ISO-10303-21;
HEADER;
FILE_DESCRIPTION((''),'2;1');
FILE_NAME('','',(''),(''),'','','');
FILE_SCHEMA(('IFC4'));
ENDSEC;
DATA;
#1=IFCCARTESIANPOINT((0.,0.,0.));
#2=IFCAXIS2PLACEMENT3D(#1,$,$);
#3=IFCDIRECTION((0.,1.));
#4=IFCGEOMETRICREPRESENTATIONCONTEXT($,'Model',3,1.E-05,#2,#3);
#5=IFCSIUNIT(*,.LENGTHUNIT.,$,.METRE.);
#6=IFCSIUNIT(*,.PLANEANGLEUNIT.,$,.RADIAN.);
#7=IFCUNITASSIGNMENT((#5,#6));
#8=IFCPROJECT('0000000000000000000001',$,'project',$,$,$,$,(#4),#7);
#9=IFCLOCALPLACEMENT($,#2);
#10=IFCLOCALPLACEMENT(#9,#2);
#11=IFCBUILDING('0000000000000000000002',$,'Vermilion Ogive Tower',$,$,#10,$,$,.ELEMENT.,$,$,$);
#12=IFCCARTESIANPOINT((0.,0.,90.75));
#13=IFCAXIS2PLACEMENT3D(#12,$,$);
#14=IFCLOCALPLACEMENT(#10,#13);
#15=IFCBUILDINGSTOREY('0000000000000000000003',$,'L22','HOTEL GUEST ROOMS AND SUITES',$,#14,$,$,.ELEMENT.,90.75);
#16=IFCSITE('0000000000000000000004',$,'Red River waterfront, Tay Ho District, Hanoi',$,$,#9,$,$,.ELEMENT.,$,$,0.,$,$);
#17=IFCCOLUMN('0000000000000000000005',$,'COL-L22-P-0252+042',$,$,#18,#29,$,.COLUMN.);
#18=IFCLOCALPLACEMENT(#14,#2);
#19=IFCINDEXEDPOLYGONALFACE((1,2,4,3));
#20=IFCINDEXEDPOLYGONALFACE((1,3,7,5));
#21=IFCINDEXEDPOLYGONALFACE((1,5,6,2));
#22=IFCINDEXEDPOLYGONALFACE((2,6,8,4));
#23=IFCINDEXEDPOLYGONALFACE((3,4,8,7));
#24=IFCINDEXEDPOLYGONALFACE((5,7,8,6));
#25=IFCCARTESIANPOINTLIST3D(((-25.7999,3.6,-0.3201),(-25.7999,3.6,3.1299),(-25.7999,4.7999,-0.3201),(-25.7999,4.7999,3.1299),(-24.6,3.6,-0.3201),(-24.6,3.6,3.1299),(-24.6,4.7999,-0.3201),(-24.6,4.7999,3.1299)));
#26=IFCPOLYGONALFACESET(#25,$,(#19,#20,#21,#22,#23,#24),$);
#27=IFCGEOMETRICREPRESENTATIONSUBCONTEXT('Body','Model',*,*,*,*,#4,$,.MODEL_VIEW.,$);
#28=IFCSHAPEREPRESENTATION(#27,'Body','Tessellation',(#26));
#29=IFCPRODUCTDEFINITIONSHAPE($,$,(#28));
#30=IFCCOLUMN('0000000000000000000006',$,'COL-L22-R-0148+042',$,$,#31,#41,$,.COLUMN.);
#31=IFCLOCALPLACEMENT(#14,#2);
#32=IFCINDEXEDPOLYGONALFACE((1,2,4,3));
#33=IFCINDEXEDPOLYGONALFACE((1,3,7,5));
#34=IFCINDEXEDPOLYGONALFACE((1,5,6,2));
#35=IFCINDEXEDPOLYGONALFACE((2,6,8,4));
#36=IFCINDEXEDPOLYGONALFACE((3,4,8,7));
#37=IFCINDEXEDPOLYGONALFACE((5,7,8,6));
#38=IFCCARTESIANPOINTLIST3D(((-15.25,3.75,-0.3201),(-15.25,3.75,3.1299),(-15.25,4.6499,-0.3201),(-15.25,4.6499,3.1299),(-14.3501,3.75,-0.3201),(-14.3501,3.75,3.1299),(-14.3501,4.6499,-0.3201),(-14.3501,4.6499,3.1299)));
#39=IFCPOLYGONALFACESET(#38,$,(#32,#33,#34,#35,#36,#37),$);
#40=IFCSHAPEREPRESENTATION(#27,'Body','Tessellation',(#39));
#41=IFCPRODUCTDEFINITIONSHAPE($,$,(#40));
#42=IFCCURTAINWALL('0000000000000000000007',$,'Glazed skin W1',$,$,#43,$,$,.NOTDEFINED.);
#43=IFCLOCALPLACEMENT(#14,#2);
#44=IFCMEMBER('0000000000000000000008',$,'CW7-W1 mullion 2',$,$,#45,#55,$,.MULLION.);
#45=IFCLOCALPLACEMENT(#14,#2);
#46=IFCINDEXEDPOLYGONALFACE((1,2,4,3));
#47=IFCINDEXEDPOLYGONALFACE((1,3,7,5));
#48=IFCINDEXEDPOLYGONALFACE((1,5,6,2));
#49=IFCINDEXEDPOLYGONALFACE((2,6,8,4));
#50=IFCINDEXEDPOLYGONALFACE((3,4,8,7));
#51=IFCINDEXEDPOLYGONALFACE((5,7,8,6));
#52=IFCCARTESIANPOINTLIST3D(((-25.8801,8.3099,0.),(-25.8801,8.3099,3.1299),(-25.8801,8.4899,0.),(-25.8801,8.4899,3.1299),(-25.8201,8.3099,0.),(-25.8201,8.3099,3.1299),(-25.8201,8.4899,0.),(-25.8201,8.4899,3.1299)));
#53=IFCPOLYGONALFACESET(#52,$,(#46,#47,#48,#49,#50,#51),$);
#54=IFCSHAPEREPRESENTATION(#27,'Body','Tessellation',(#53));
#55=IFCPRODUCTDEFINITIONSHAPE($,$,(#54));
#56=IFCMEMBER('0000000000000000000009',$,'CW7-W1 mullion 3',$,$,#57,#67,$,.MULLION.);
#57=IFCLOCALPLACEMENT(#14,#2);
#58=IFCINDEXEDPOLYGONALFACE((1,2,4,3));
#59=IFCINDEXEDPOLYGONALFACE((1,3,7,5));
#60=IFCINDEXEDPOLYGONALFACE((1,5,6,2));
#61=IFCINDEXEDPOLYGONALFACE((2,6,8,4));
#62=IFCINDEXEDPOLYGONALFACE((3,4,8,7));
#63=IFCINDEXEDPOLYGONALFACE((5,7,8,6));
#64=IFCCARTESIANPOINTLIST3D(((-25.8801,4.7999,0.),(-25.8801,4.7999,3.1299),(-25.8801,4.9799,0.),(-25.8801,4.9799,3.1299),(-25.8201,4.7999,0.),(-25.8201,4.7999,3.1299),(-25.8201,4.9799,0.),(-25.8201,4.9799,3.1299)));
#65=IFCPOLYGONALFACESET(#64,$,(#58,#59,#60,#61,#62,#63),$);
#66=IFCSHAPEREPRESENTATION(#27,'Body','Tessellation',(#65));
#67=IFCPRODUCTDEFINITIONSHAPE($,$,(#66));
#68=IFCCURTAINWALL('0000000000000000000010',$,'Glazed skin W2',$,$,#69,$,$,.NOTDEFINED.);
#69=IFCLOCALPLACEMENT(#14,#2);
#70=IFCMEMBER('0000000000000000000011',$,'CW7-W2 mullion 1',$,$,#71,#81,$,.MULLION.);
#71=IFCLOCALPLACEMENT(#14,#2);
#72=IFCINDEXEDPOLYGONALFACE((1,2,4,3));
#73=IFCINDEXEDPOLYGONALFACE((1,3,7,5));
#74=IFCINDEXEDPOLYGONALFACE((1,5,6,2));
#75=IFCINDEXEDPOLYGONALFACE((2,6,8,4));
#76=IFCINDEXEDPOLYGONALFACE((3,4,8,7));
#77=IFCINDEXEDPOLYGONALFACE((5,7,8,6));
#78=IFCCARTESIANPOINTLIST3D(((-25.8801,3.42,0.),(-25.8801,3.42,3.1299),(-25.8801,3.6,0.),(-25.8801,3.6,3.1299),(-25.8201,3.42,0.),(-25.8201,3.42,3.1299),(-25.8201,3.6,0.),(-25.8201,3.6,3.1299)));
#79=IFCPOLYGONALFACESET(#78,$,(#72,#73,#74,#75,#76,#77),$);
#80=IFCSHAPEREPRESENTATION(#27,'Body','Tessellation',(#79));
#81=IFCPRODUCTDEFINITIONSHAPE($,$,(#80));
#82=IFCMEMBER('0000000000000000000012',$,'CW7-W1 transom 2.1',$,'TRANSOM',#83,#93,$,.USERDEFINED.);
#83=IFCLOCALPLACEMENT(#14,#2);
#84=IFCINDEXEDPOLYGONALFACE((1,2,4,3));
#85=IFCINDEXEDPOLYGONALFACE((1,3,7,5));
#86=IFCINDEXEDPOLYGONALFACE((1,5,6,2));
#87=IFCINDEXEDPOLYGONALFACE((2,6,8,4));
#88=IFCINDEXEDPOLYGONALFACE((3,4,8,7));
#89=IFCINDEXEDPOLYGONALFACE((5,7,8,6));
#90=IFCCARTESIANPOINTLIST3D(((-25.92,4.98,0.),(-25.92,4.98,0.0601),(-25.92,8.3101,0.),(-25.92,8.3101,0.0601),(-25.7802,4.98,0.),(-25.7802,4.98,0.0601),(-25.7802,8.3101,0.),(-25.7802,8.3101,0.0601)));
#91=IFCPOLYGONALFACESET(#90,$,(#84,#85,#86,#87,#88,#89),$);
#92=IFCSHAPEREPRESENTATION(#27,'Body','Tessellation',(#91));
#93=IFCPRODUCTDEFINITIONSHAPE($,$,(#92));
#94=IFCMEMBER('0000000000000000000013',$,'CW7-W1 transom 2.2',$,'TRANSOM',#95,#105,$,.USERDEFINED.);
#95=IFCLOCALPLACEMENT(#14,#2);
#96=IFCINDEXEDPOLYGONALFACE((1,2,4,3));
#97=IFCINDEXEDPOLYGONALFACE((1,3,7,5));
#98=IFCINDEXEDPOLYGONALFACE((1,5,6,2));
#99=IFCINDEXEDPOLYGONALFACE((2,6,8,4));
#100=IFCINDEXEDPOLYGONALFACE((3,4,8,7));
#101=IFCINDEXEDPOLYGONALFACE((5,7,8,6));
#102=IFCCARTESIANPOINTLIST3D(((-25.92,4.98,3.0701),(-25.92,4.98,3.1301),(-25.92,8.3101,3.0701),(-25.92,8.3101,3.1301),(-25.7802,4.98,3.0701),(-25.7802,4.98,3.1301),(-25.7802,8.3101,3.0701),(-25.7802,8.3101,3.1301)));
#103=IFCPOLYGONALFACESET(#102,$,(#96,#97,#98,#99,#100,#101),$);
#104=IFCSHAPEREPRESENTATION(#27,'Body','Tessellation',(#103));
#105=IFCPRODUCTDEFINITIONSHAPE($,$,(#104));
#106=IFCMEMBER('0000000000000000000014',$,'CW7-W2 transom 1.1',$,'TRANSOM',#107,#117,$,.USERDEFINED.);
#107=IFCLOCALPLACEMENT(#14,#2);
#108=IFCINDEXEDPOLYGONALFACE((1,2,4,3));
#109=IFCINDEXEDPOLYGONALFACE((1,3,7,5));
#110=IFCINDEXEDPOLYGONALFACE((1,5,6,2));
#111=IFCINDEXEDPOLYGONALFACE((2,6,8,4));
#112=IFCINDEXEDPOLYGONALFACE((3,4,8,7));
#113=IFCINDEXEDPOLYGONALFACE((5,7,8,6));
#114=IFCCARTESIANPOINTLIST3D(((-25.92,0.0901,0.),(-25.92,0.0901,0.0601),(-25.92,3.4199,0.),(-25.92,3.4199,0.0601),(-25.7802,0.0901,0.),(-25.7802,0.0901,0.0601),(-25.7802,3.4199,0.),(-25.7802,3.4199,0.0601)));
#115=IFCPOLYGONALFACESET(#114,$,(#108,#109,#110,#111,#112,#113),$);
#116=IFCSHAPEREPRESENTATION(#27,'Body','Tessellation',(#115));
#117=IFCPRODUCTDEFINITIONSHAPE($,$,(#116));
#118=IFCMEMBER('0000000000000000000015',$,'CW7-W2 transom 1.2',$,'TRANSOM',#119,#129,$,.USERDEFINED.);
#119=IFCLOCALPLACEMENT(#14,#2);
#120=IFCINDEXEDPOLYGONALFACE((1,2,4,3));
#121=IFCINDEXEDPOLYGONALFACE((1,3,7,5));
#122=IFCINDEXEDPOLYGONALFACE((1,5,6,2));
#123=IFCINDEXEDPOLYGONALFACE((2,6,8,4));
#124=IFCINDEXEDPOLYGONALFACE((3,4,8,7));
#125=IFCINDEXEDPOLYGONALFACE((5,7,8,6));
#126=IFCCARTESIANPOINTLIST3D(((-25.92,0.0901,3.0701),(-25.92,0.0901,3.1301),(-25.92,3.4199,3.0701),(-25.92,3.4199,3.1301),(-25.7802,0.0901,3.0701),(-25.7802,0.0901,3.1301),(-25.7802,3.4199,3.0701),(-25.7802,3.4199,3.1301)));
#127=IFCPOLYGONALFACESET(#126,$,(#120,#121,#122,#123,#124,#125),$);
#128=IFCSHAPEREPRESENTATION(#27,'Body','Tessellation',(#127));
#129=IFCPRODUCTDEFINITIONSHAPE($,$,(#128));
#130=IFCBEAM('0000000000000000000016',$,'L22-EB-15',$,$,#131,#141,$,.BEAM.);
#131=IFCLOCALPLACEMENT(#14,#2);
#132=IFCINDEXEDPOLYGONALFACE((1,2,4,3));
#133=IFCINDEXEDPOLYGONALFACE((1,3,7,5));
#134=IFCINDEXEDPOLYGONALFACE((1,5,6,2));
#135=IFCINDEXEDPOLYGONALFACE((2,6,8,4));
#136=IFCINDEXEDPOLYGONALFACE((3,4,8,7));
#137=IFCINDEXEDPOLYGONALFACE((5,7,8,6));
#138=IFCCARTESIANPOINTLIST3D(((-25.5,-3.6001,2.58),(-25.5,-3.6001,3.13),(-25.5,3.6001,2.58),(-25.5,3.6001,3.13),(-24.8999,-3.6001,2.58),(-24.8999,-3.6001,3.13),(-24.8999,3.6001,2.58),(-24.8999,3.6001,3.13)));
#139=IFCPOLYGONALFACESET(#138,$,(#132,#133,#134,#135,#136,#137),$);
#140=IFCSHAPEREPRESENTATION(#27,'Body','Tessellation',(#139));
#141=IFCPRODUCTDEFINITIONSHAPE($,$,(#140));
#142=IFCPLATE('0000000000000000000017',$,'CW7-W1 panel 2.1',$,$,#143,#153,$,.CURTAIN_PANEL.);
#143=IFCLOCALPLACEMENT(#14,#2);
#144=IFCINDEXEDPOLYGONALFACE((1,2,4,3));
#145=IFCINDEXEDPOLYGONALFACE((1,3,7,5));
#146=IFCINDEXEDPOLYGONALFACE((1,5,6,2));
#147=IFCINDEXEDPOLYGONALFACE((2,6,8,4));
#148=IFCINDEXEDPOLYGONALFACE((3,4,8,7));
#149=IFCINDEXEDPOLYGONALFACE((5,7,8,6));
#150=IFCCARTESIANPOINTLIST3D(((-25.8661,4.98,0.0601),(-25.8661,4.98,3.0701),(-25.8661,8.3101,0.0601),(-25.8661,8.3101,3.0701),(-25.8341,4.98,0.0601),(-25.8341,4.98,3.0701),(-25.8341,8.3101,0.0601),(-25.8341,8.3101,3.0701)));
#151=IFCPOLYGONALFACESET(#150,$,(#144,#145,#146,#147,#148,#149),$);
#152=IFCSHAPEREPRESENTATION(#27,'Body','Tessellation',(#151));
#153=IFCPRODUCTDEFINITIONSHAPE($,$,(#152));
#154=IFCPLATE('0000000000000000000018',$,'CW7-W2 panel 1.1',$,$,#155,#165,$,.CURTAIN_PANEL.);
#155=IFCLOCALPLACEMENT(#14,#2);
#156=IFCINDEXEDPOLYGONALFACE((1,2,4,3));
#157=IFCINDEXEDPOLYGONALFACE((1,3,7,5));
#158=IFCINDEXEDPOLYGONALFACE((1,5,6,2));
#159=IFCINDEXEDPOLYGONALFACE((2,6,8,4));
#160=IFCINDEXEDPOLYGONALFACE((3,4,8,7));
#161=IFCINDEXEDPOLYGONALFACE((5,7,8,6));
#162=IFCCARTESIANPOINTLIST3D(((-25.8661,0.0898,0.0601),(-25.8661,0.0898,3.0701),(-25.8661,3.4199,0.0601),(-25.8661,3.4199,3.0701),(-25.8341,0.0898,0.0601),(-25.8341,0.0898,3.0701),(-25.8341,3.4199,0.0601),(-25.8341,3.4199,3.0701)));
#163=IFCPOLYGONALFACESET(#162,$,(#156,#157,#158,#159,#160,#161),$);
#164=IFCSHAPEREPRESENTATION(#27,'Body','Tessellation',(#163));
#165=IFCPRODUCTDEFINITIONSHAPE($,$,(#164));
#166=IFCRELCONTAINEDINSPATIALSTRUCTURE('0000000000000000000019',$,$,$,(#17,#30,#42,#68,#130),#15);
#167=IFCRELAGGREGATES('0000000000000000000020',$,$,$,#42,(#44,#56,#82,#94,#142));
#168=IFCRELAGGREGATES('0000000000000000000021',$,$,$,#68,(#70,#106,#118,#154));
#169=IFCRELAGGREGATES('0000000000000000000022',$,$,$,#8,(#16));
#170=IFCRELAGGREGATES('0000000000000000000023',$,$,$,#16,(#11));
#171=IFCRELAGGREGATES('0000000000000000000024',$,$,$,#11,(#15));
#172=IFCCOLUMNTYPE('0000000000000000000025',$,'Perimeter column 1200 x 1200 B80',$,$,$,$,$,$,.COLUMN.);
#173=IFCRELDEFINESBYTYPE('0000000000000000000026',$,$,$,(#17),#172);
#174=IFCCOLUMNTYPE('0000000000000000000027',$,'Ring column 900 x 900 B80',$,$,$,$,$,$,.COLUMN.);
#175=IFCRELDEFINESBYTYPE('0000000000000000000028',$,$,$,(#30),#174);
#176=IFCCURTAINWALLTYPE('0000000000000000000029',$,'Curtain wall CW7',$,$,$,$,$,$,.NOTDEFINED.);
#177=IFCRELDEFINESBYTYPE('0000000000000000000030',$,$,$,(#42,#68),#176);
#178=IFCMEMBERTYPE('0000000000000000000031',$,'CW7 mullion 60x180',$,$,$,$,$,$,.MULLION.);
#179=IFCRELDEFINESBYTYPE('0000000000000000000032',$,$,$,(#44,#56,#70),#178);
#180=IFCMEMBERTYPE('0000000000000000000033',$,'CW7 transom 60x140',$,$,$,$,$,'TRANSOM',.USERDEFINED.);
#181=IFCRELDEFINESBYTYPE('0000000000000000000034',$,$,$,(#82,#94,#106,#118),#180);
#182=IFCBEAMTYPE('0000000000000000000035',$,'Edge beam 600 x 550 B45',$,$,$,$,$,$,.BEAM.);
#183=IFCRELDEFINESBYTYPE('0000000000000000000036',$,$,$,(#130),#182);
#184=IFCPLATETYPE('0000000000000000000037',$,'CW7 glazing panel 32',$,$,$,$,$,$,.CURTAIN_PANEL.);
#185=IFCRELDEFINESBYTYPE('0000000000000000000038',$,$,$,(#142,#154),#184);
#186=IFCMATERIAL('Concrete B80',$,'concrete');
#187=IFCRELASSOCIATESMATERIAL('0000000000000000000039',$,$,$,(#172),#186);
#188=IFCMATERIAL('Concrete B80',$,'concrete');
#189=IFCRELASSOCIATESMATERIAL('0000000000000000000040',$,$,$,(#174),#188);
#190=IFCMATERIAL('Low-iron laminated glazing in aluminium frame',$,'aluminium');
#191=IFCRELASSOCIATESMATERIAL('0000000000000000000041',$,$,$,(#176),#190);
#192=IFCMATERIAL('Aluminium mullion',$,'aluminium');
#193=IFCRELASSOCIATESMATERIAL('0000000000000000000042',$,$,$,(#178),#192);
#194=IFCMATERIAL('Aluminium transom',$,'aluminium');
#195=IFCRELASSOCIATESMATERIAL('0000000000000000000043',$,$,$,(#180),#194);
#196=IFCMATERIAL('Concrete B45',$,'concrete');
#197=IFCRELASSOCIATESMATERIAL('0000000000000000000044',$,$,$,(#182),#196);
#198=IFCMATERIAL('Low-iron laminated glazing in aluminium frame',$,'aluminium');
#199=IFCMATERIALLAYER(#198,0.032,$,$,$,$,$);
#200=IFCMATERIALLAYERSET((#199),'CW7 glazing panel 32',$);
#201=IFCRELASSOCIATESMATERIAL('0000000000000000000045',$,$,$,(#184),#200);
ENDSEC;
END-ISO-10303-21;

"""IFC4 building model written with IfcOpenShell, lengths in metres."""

from ifc_helpers import new_model, si_unit, direction, frame, origin, origin_2d, place, context, subcontext, project, spatial, rectangle, extrude, material, layer, layer_set, material_profile, profile_set, type_object, element, aggregate, save


model = new_model("IFC4")

# Units and contexts
model_context = context("Model", 3, precision=1e-05, world=origin(), true_north=direction((0.0, 1.0)))
body_context = subcontext(model_context, "Body", "Model", "MODEL_VIEW")
ifc_project = project(units=[si_unit("LENGTHUNIT", "METRE"), si_unit("PLANEANGLEUNIT", "RADIAN")], contexts=[model_context])

# Site, building, storey
site_placement = place(None, origin())
site = spatial("IfcSite", under=ifc_project, at=site_placement, Name="Red River waterfront, Tay Ho District, Hanoi", CompositionType="ELEMENT", RefElevation=0.0)
building_placement = place(site_placement, origin())
building = spatial("IfcBuilding", under=site, at=building_placement, Name="Vermilion Ogive Tower", CompositionType="ELEMENT")
storey_placement = place(building_placement, frame((0.0, 0.0, 90.75)))
storey = spatial("IfcBuildingStorey", under=building, at=storey_placement, Name="L22", Description="HOTEL GUEST ROOMS AND SUITES", CompositionType="ELEMENT", Elevation=90.75)

# Columns
ifc_material_1 = material(Name="Concrete B80", Category="concrete")
ifc_material_profile_1 = material_profile(ifc_material_1, rectangle(XDim=1.2, YDim=1.2, at=origin_2d()), Name="1200 x 1200")
ifc_profile_set_1 = profile_set([ifc_material_profile_1], Name="Concrete B80")
column_type_1 = type_object("IfcColumnType", Name="Perimeter column 1200 x 1200 B80", PredefinedType="COLUMN", material=ifc_profile_set_1)
column_1_placement = place(storey_placement, frame((-25.2, 4.2, -0.3201), z_axis=(0.0, 0.0, 1.0), x_axis=(1.0, 0.0, 0.0)))
element("IfcColumn", 1, at=column_1_placement, inside=storey, type_object=column_type_1, Name="COL-L22-P-0252+042", PredefinedType="COLUMN", context=body_context, shape_type="SweptSolid", body=[
    extrude(rectangle(XDim=1.2, YDim=1.2, at=origin_2d()), origin(), (0.0, 0.0, 1.0), 3.45),
])
ifc_material_2 = material(Name="Concrete B80", Category="concrete")
ifc_material_profile_2 = material_profile(ifc_material_2, rectangle(XDim=0.8999, YDim=0.8999, at=origin_2d()), Name="900 x 900")
ifc_profile_set_2 = profile_set([ifc_material_profile_2], Name="Concrete B80")
column_type_2 = type_object("IfcColumnType", Name="Ring column 900 x 900 B80", PredefinedType="COLUMN", material=ifc_profile_set_2)
column_2_placement = place(storey_placement, frame((-14.8, 4.2, -0.3201), z_axis=(0.0, 0.0, 1.0), x_axis=(1.0, 0.0, 0.0)))
element("IfcColumn", 2, at=column_2_placement, inside=storey, type_object=column_type_2, Name="COL-L22-R-0148+042", PredefinedType="COLUMN", context=body_context, shape_type="SweptSolid", body=[
    extrude(rectangle(XDim=0.8999, YDim=0.8999, at=origin_2d()), origin(), (0.0, 0.0, 1.0), 3.45),
])

# Curtain wall, members
ifc_material_3 = material(Name="Low-iron laminated glazing in aluminium frame", Category="aluminium")
curtain_wall_type = type_object("IfcCurtainWallType", Name="Curtain wall CW7", PredefinedType="NOTDEFINED", material=ifc_material_3)
curtain_wall_1_placement = place(storey_placement, origin())
curtain_wall_1 = element("IfcCurtainWall", 3, at=curtain_wall_1_placement, inside=storey, type_object=curtain_wall_type, Name="Glazed skin W1", PredefinedType="NOTDEFINED")
ifc_material_4 = material(Name="Aluminium mullion", Category="aluminium")
ifc_material_profile_3 = material_profile(ifc_material_4, rectangle(XDim=0.0601, YDim=0.1799, at=origin_2d()), Name="AL 60x180")
ifc_profile_set_3 = profile_set([ifc_material_profile_3], Name="Aluminium mullion")
member_type_1 = type_object("IfcMemberType", Name="CW7 mullion 60x180", PredefinedType="MULLION", material=ifc_profile_set_3)
member_1_placement = place(storey_placement, frame((-25.8501, 8.3999, 0.0), z_axis=(0.0, 0.0, 1.0), x_axis=(1.0, 0.0, 0.0)))
member_1 = element("IfcMember", 4, at=member_1_placement, type_object=member_type_1, Name="CW7-W1 mullion 2", PredefinedType="MULLION", context=body_context, shape_type="SweptSolid", body=[
    extrude(rectangle(XDim=0.0601, YDim=0.1799, at=origin_2d()), origin(), (0.0, 0.0, 1.0), 3.1299),
])
member_2_placement = place(storey_placement, frame((-25.8501, 4.8899, 0.0), z_axis=(0.0, 0.0, 1.0), x_axis=(1.0, 0.0, 0.0)))
member_2 = element("IfcMember", 5, at=member_2_placement, type_object=member_type_1, Name="CW7-W1 mullion 3", PredefinedType="MULLION", context=body_context, shape_type="SweptSolid", body=[
    extrude(rectangle(XDim=0.0601, YDim=0.1799, at=origin_2d()), origin(), (0.0, 0.0, 1.0), 3.1299),
])

# Curtain wall, member
curtain_wall_2_placement = place(storey_placement, origin())
curtain_wall_2 = element("IfcCurtainWall", 6, at=curtain_wall_2_placement, inside=storey, type_object=curtain_wall_type, Name="Glazed skin W2", PredefinedType="NOTDEFINED")
member_3_placement = place(storey_placement, frame((-25.8501, 3.51, 0.0), z_axis=(0.0, 0.0, 1.0), x_axis=(1.0, 0.0, 0.0)))
member_3 = element("IfcMember", 7, at=member_3_placement, type_object=member_type_1, Name="CW7-W2 mullion 1", PredefinedType="MULLION", context=body_context, shape_type="SweptSolid", body=[
    extrude(rectangle(XDim=0.0601, YDim=0.1799, at=origin_2d()), origin(), (0.0, 0.0, 1.0), 3.1299),
])

# Members
ifc_material_5 = material(Name="Aluminium transom", Category="aluminium")
ifc_material_profile_4 = material_profile(ifc_material_5, rectangle(XDim=0.1399, YDim=0.0601, at=origin_2d()), Name="AL 60x140")
ifc_profile_set_4 = profile_set([ifc_material_profile_4], Name="Aluminium transom")
member_type_2 = type_object("IfcMemberType", Name="CW7 transom 60x140", ElementType="TRANSOM", PredefinedType="USERDEFINED", material=ifc_profile_set_4)
member_4_placement = place(storey_placement, frame((-25.8501, 8.3101, 0.03), z_axis=(0.0, -1.0, 0.0), x_axis=(1.0, 0.0, 0.0)))
member_4 = element("IfcMember", 8, at=member_4_placement, type_object=member_type_2, Name="CW7-W1 transom 2.1", ObjectType="TRANSOM", PredefinedType="USERDEFINED", context=body_context, shape_type="SweptSolid", body=[
    extrude(rectangle(XDim=0.1399, YDim=0.0601, at=origin_2d()), origin(), (0.0, 0.0, 1.0), 3.3301),
])
member_5_placement = place(storey_placement, frame((-25.8501, 8.3101, 3.1001), z_axis=(0.0, -1.0, 0.0), x_axis=(1.0, 0.0, 0.0)))
member_5 = element("IfcMember", 9, at=member_5_placement, type_object=member_type_2, Name="CW7-W1 transom 2.2", ObjectType="TRANSOM", PredefinedType="USERDEFINED", context=body_context, shape_type="SweptSolid", body=[
    extrude(rectangle(XDim=0.1399, YDim=0.0601, at=origin_2d()), origin(), (0.0, 0.0, 1.0), 3.3301),
])
member_6_placement = place(storey_placement, frame((-25.8501, 3.4199, 0.03), z_axis=(0.0, -1.0, 0.0), x_axis=(1.0, 0.0, 0.0)))
member_6 = element("IfcMember", 10, at=member_6_placement, type_object=member_type_2, Name="CW7-W2 transom 1.1", ObjectType="TRANSOM", PredefinedType="USERDEFINED", context=body_context, shape_type="SweptSolid", body=[
    extrude(rectangle(XDim=0.1399, YDim=0.0601, at=origin_2d()), origin(), (0.0, 0.0, 1.0), 3.3298),
])
member_7_placement = place(storey_placement, frame((-25.8501, 3.4199, 3.1001), z_axis=(0.0, -1.0, 0.0), x_axis=(1.0, 0.0, 0.0)))
member_7 = element("IfcMember", 11, at=member_7_placement, type_object=member_type_2, Name="CW7-W2 transom 1.2", ObjectType="TRANSOM", PredefinedType="USERDEFINED", context=body_context, shape_type="SweptSolid", body=[
    extrude(rectangle(XDim=0.1399, YDim=0.0601, at=origin_2d()), origin(), (0.0, 0.0, 1.0), 3.3298),
])

# Beam
ifc_material_6 = material(Name="Concrete B45", Category="concrete")
ifc_material_profile_5 = material_profile(ifc_material_6, rectangle(XDim=0.6001, YDim=0.55, at=origin_2d()), Name="600 x 550")
ifc_profile_set_5 = profile_set([ifc_material_profile_5], Name="Concrete B45")
beam_type = type_object("IfcBeamType", Name="Edge beam 600 x 550 B45", PredefinedType="BEAM", material=ifc_profile_set_5)
beam_placement = place(storey_placement, frame((-25.2, 3.6001, 2.855), z_axis=(0.0, -1.0, 0.0), x_axis=(1.0, 0.0, 0.0)))
element("IfcBeam", 12, at=beam_placement, inside=storey, type_object=beam_type, Name="L22-EB-15", PredefinedType="BEAM", context=body_context, shape_type="SweptSolid", body=[
    extrude(rectangle(XDim=0.6001, YDim=0.55, at=origin_2d()), origin(), (0.0, 0.0, 1.0), 7.2002),
])

# Plates
ifc_material_7 = material(Name="Low-iron laminated glazing in aluminium frame", Category="aluminium")
ifc_layer_1 = layer(ifc_material_7, 0.032)
ifc_layer_set_1 = layer_set([ifc_layer_1], Name="CW7 glazing panel 32")
plate_type = type_object("IfcPlateType", Name="CW7 glazing panel 32", PredefinedType="CURTAIN_PANEL", material=ifc_layer_set_1)
plate_1_placement = place(storey_placement, frame((-25.8501, 6.645, 0.0601), z_axis=(0.0, 0.0, 1.0), x_axis=(0.0, -1.0, 0.0)))
plate_1 = element("IfcPlate", 13, at=plate_1_placement, type_object=plate_type, Name="CW7-W1 panel 2.1", PredefinedType="CURTAIN_PANEL", context=body_context, shape_type="SweptSolid", body=[
    extrude(rectangle(XDim=3.3301, YDim=0.032, at=origin_2d()), origin(), (0.0, 0.0, 1.0), 3.01),
])
aggregate(curtain_wall_1, [member_1, member_2, member_4, member_5, plate_1])
plate_2_placement = place(storey_placement, frame((-25.8501, 1.7549, 0.0601), z_axis=(0.0, 0.0, 1.0), x_axis=(0.0, -1.0, 0.0)))
plate_2 = element("IfcPlate", 14, at=plate_2_placement, type_object=plate_type, Name="CW7-W2 panel 1.1", PredefinedType="CURTAIN_PANEL", context=body_context, shape_type="SweptSolid", body=[
    extrude(rectangle(XDim=3.3301, YDim=0.032, at=origin_2d()), origin(), (0.0, 0.0, 1.0), 3.01),
])
aggregate(curtain_wall_2, [member_3, member_6, member_7, plate_2])

save(model, "model.ifc")
